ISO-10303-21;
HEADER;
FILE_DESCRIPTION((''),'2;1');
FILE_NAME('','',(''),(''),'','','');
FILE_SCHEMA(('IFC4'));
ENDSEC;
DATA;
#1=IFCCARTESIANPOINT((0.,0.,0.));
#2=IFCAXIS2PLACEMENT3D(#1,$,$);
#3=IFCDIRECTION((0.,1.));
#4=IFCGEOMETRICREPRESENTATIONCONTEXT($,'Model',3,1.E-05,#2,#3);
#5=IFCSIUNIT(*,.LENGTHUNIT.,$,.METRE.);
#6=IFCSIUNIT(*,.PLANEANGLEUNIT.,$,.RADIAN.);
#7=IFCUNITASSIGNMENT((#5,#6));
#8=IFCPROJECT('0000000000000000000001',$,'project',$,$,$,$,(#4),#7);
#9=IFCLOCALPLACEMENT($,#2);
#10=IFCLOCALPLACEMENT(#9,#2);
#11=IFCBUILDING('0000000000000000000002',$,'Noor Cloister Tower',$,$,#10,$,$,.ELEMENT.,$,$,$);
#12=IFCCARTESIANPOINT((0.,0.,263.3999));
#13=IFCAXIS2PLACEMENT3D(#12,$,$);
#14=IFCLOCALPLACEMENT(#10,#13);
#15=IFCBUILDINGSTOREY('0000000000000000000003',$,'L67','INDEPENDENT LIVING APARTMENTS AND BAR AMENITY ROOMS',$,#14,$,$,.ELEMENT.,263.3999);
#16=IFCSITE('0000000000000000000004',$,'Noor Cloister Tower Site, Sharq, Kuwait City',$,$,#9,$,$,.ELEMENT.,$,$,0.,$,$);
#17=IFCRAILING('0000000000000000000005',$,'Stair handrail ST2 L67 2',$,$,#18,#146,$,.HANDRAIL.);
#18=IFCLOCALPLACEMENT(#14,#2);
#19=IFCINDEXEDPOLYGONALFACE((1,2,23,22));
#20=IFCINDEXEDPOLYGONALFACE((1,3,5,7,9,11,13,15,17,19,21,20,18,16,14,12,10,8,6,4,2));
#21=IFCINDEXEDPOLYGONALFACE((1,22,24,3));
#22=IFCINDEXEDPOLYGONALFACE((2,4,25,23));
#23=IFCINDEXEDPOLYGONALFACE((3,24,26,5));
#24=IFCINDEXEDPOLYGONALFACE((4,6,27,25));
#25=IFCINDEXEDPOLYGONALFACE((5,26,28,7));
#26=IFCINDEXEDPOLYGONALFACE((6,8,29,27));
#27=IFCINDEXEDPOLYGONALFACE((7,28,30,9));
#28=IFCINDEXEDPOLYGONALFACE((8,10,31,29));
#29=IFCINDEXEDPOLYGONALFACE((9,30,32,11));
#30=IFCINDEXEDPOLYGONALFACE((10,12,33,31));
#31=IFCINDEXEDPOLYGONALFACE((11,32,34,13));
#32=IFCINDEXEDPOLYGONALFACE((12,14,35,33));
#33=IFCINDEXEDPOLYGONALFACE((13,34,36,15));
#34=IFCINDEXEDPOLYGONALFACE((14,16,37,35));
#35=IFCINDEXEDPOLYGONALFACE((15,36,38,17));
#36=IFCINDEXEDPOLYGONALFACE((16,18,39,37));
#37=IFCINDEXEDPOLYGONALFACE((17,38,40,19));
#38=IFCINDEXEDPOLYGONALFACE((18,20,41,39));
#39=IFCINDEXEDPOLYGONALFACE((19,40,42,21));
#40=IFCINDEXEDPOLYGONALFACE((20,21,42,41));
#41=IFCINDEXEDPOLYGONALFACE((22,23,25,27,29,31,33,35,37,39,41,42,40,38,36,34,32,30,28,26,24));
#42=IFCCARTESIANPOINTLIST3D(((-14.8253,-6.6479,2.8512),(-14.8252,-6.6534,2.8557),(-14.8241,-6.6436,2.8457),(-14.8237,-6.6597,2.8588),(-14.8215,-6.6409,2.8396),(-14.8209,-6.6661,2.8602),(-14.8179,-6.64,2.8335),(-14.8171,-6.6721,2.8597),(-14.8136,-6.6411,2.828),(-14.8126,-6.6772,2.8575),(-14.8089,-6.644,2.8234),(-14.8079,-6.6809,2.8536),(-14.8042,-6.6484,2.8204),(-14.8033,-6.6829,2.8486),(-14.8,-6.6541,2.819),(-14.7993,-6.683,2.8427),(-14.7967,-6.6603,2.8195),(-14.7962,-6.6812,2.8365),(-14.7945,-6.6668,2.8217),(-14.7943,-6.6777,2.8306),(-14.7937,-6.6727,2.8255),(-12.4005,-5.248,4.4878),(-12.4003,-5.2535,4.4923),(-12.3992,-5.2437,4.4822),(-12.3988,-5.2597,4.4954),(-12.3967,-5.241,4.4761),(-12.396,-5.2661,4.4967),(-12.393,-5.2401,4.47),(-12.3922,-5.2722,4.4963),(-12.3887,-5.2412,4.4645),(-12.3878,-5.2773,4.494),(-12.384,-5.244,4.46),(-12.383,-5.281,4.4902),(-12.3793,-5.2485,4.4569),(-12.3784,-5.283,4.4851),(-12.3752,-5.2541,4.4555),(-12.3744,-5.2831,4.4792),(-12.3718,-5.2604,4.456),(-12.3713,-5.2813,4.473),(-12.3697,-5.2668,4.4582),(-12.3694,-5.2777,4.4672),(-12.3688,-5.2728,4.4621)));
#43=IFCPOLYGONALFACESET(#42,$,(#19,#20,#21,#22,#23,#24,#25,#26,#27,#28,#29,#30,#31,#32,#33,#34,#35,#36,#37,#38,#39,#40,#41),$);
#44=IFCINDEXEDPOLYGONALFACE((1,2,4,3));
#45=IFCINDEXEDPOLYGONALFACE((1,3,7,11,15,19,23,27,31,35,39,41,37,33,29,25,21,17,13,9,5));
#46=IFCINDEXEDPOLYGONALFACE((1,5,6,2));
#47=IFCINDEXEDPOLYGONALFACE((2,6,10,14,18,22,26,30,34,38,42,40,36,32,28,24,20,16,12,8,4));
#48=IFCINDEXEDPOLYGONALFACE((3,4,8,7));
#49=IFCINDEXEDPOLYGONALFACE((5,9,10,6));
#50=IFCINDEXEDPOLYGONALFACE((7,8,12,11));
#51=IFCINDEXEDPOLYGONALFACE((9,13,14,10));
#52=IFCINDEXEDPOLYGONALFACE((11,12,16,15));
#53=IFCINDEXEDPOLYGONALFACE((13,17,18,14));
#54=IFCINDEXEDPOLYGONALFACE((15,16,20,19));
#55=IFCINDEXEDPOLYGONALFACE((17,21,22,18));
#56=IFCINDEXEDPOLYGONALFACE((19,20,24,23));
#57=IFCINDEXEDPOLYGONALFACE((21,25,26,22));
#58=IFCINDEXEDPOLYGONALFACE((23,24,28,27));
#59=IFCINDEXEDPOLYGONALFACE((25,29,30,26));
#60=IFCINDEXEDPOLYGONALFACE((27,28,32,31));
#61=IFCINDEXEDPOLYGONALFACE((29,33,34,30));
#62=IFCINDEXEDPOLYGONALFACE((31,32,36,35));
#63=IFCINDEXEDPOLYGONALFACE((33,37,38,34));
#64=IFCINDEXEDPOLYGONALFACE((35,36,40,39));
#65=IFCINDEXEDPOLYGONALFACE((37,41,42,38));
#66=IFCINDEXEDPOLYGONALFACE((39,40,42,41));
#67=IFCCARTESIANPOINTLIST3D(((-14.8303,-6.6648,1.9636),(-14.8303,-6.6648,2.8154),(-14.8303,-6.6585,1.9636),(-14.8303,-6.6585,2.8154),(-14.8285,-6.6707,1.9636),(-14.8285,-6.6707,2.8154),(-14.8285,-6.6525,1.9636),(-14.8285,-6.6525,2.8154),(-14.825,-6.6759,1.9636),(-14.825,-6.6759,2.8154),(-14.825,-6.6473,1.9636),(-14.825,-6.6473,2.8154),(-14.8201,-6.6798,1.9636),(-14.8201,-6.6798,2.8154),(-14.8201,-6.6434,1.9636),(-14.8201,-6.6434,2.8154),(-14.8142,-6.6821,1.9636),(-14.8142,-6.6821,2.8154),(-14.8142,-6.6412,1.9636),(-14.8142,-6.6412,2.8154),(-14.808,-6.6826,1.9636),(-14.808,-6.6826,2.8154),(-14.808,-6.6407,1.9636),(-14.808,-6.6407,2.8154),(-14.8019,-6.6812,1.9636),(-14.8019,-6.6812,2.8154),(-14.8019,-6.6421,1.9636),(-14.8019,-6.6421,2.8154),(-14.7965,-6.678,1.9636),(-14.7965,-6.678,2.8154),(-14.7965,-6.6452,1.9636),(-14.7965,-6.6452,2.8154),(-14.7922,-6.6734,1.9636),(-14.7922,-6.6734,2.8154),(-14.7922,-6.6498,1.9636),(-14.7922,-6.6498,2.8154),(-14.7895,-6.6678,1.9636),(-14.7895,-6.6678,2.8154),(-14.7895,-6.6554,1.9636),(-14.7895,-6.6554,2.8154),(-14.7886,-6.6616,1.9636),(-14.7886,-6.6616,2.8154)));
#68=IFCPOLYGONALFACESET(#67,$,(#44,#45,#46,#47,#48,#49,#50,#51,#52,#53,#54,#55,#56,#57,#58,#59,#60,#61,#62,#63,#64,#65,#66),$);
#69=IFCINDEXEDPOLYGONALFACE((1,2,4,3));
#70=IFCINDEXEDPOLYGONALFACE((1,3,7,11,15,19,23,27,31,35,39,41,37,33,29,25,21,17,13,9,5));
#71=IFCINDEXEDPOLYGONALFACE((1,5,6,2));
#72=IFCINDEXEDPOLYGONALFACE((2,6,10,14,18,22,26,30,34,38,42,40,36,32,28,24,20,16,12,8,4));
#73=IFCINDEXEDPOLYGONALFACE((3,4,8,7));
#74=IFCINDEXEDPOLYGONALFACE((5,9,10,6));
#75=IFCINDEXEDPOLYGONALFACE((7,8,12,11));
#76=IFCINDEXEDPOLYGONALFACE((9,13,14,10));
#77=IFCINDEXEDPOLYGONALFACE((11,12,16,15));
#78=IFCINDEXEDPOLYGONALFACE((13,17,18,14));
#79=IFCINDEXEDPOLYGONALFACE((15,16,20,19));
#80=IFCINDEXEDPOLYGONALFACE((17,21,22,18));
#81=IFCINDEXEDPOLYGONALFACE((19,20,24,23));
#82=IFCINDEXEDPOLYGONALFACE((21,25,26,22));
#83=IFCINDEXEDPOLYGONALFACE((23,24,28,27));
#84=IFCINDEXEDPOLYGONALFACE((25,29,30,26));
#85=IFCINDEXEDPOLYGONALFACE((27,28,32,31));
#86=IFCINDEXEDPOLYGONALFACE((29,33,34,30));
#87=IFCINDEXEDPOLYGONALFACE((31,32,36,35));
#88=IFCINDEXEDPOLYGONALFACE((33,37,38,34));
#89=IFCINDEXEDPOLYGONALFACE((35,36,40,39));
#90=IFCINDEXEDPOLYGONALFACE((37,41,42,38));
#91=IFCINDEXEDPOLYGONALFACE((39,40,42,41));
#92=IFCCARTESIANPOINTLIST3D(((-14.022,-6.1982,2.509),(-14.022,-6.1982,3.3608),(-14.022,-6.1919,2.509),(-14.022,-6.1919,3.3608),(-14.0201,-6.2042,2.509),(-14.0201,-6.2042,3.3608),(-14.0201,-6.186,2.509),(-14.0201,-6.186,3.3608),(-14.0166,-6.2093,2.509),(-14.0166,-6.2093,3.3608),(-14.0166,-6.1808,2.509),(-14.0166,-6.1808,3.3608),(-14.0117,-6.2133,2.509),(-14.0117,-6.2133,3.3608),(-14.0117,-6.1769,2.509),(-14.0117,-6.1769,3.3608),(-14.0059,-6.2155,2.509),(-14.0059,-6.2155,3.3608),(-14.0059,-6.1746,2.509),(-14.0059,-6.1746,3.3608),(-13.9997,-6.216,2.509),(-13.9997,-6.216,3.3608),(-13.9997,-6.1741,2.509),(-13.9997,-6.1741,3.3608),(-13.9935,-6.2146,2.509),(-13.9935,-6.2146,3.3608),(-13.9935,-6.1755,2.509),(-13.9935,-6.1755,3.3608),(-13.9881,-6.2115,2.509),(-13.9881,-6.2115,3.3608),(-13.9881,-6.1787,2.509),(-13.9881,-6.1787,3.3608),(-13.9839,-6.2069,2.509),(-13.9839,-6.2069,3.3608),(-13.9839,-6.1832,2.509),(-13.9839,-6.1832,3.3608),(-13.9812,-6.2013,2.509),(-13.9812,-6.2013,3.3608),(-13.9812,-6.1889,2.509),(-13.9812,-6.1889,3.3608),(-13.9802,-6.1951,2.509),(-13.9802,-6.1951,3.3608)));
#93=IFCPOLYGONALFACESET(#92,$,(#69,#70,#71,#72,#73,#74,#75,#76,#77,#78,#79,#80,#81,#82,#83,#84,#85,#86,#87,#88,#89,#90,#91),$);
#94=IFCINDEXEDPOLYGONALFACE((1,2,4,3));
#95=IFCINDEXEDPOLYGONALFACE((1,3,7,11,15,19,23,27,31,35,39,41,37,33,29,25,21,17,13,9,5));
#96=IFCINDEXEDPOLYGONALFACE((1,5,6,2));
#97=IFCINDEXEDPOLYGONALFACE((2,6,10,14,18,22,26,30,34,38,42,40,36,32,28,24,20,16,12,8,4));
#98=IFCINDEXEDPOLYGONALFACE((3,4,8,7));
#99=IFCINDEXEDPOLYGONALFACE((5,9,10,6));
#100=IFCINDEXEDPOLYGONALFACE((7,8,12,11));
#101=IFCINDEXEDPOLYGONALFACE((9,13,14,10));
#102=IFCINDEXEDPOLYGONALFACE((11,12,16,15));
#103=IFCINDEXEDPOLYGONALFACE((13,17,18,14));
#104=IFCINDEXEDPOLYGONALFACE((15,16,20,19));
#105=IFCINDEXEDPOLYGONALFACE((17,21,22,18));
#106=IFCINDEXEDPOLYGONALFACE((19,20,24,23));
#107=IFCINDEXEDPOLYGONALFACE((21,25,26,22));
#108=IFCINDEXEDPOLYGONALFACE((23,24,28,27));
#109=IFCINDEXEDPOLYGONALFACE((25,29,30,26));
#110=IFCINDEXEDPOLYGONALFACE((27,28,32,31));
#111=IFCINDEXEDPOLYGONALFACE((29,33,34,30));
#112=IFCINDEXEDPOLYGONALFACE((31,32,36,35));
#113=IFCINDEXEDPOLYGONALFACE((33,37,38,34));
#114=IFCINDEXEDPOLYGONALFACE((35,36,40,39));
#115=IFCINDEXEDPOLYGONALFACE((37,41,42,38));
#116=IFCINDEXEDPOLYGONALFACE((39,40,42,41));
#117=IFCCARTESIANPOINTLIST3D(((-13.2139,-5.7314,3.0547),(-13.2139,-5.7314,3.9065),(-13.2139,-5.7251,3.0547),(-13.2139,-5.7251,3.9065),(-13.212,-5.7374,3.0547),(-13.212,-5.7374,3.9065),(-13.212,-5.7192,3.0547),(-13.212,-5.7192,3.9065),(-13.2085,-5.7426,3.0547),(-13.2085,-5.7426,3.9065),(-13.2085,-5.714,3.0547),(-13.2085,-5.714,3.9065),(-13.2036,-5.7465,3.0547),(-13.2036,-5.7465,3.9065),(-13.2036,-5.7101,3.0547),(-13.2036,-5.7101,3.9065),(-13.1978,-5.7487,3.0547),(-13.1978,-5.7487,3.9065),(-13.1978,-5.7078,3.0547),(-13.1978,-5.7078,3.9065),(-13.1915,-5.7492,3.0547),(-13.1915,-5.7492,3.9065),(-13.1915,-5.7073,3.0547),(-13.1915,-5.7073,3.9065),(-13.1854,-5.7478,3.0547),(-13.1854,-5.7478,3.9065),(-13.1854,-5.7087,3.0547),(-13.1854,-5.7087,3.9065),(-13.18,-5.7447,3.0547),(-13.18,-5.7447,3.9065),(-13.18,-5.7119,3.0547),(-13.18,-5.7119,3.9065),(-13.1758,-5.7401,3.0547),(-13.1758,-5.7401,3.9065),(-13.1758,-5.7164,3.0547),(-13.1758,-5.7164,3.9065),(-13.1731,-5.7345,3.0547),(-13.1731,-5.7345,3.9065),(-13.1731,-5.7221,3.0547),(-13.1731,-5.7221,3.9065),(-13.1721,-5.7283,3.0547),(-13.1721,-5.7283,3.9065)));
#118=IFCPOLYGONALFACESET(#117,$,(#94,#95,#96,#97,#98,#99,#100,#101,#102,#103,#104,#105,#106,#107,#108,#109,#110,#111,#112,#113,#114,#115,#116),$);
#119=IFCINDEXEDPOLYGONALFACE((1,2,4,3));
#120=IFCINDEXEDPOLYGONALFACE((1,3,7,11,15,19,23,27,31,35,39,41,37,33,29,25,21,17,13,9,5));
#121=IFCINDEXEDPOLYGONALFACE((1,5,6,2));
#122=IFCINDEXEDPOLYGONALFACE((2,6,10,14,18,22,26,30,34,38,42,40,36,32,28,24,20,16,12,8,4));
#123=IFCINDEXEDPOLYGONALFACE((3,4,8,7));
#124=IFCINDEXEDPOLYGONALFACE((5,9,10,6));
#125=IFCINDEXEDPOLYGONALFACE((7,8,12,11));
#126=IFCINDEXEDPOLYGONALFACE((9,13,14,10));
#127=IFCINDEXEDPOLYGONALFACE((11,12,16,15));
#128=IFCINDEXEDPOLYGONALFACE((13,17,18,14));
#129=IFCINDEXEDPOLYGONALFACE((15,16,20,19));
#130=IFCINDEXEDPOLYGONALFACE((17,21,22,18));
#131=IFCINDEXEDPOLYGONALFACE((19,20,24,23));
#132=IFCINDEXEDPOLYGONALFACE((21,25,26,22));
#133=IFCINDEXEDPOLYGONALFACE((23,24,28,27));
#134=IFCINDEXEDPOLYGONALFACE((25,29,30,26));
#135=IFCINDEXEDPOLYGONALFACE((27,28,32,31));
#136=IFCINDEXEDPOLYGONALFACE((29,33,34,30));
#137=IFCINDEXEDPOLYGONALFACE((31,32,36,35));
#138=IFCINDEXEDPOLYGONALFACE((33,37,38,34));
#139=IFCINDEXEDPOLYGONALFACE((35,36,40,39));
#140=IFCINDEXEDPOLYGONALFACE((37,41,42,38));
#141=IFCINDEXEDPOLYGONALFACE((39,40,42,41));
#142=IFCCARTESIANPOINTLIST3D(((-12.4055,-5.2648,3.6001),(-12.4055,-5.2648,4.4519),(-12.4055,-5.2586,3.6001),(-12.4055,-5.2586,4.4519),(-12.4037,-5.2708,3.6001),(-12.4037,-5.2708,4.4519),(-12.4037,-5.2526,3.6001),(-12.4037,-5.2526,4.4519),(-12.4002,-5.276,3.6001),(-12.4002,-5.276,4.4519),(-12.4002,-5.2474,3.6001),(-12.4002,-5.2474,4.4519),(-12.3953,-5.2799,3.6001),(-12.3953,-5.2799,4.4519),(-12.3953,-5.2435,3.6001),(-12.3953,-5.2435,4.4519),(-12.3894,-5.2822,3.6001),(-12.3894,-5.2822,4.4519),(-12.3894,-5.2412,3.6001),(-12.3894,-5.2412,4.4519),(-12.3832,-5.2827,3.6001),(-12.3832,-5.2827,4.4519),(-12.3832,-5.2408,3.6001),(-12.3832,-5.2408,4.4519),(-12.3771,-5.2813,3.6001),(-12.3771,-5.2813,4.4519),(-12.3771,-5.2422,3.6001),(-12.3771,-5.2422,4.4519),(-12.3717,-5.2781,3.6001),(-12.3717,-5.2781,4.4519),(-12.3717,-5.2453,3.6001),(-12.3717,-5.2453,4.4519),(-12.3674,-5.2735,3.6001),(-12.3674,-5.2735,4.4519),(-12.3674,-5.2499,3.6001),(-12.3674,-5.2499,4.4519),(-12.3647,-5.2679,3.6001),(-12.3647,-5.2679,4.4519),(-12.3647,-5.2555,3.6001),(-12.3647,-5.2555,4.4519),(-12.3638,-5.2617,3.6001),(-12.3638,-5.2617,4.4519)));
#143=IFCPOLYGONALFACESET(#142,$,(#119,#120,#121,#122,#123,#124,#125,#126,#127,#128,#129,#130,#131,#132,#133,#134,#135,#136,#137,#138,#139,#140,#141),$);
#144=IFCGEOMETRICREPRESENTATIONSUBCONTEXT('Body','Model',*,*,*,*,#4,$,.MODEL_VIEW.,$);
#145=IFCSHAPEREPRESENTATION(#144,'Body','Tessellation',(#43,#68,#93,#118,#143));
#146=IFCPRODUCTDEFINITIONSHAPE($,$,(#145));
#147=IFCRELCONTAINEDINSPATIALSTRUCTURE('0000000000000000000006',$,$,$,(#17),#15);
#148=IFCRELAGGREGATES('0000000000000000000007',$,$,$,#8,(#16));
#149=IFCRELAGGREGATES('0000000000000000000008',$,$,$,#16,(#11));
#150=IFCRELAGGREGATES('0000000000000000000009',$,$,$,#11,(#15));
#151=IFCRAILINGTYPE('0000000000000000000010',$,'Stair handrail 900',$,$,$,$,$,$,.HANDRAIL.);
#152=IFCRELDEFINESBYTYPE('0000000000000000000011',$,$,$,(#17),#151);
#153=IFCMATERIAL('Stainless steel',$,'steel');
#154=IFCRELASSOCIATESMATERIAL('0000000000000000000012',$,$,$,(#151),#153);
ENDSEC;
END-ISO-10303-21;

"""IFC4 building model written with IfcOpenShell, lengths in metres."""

from ifc_helpers import new_model, si_unit, direction, frame, origin, origin_2d, place, context, subcontext, project, spatial, circle, extrude, material, type_object, element, save


model = new_model("IFC4")

# Units and contexts
model_context = context("Model", 3, precision=1e-05, world=origin(), true_north=direction((0.0, 1.0)))
body_context = subcontext(model_context, "Body", "Model", "MODEL_VIEW")
ifc_project = project(units=[si_unit("LENGTHUNIT", "METRE"), si_unit("PLANEANGLEUNIT", "RADIAN")], contexts=[model_context])

# Site, building, storey
site_placement = place(None, origin())
site = spatial("IfcSite", under=ifc_project, at=site_placement, Name="Noor Cloister Tower Site, Sharq, Kuwait City", CompositionType="ELEMENT", RefElevation=0.0)
building_placement = place(site_placement, origin())
building = spatial("IfcBuilding", under=site, at=building_placement, Name="Noor Cloister Tower", CompositionType="ELEMENT")
storey_placement = place(building_placement, frame((0.0, 0.0, 263.3999)))
storey = spatial("IfcBuildingStorey", under=building, at=storey_placement, Name="L67", Description="INDEPENDENT LIVING APARTMENTS AND BAR AMENITY ROOMS", CompositionType="ELEMENT", Elevation=263.3999)

# Railing
ifc_material_1 = material(Name="Stainless steel", Category="steel")
railing_type_1 = type_object("IfcRailingType", Name="Stair handrail 900", PredefinedType="HANDRAIL", material=ifc_material_1)
railing_1_placement = place(storey_placement, frame((-14.8096, -6.6616, 1.9636)))
element("IfcRailing", 1, at=railing_1_placement, inside=storey, type_object=railing_type_1, Name="Stair handrail ST2 L67 2", PredefinedType="HANDRAIL", context=body_context, shape_type="SweptSolid", body=[
    extrude(circle(Radius=0.0239, at=origin_2d()), frame((0.0, 0.0, 0.876), z_axis=(0.74769, 0.431661, 0.504608), x_axis=(-0.499984, 0.866035, 0.0)), (0.0, 0.0, 1.0), 3.2432),
    extrude(circle(Radius=0.021, at=origin_2d()), origin(), (0.0, 0.0, 1.0), 0.8518),
    extrude(circle(Radius=0.021, at=origin_2d()), frame((0.8083, 0.4666, 0.5454)), (0.0, 0.0, 1.0), 0.8518),
    extrude(circle(Radius=0.021, at=origin_2d()), frame((1.6165, 0.9333, 1.0911)), (0.0, 0.0, 1.0), 0.8518),
    extrude(circle(Radius=0.021, at=origin_2d()), frame((2.4248, 1.3999, 1.6365)), (0.0, 0.0, 1.0), 0.8518),
])

save(model, "model.ifc")
